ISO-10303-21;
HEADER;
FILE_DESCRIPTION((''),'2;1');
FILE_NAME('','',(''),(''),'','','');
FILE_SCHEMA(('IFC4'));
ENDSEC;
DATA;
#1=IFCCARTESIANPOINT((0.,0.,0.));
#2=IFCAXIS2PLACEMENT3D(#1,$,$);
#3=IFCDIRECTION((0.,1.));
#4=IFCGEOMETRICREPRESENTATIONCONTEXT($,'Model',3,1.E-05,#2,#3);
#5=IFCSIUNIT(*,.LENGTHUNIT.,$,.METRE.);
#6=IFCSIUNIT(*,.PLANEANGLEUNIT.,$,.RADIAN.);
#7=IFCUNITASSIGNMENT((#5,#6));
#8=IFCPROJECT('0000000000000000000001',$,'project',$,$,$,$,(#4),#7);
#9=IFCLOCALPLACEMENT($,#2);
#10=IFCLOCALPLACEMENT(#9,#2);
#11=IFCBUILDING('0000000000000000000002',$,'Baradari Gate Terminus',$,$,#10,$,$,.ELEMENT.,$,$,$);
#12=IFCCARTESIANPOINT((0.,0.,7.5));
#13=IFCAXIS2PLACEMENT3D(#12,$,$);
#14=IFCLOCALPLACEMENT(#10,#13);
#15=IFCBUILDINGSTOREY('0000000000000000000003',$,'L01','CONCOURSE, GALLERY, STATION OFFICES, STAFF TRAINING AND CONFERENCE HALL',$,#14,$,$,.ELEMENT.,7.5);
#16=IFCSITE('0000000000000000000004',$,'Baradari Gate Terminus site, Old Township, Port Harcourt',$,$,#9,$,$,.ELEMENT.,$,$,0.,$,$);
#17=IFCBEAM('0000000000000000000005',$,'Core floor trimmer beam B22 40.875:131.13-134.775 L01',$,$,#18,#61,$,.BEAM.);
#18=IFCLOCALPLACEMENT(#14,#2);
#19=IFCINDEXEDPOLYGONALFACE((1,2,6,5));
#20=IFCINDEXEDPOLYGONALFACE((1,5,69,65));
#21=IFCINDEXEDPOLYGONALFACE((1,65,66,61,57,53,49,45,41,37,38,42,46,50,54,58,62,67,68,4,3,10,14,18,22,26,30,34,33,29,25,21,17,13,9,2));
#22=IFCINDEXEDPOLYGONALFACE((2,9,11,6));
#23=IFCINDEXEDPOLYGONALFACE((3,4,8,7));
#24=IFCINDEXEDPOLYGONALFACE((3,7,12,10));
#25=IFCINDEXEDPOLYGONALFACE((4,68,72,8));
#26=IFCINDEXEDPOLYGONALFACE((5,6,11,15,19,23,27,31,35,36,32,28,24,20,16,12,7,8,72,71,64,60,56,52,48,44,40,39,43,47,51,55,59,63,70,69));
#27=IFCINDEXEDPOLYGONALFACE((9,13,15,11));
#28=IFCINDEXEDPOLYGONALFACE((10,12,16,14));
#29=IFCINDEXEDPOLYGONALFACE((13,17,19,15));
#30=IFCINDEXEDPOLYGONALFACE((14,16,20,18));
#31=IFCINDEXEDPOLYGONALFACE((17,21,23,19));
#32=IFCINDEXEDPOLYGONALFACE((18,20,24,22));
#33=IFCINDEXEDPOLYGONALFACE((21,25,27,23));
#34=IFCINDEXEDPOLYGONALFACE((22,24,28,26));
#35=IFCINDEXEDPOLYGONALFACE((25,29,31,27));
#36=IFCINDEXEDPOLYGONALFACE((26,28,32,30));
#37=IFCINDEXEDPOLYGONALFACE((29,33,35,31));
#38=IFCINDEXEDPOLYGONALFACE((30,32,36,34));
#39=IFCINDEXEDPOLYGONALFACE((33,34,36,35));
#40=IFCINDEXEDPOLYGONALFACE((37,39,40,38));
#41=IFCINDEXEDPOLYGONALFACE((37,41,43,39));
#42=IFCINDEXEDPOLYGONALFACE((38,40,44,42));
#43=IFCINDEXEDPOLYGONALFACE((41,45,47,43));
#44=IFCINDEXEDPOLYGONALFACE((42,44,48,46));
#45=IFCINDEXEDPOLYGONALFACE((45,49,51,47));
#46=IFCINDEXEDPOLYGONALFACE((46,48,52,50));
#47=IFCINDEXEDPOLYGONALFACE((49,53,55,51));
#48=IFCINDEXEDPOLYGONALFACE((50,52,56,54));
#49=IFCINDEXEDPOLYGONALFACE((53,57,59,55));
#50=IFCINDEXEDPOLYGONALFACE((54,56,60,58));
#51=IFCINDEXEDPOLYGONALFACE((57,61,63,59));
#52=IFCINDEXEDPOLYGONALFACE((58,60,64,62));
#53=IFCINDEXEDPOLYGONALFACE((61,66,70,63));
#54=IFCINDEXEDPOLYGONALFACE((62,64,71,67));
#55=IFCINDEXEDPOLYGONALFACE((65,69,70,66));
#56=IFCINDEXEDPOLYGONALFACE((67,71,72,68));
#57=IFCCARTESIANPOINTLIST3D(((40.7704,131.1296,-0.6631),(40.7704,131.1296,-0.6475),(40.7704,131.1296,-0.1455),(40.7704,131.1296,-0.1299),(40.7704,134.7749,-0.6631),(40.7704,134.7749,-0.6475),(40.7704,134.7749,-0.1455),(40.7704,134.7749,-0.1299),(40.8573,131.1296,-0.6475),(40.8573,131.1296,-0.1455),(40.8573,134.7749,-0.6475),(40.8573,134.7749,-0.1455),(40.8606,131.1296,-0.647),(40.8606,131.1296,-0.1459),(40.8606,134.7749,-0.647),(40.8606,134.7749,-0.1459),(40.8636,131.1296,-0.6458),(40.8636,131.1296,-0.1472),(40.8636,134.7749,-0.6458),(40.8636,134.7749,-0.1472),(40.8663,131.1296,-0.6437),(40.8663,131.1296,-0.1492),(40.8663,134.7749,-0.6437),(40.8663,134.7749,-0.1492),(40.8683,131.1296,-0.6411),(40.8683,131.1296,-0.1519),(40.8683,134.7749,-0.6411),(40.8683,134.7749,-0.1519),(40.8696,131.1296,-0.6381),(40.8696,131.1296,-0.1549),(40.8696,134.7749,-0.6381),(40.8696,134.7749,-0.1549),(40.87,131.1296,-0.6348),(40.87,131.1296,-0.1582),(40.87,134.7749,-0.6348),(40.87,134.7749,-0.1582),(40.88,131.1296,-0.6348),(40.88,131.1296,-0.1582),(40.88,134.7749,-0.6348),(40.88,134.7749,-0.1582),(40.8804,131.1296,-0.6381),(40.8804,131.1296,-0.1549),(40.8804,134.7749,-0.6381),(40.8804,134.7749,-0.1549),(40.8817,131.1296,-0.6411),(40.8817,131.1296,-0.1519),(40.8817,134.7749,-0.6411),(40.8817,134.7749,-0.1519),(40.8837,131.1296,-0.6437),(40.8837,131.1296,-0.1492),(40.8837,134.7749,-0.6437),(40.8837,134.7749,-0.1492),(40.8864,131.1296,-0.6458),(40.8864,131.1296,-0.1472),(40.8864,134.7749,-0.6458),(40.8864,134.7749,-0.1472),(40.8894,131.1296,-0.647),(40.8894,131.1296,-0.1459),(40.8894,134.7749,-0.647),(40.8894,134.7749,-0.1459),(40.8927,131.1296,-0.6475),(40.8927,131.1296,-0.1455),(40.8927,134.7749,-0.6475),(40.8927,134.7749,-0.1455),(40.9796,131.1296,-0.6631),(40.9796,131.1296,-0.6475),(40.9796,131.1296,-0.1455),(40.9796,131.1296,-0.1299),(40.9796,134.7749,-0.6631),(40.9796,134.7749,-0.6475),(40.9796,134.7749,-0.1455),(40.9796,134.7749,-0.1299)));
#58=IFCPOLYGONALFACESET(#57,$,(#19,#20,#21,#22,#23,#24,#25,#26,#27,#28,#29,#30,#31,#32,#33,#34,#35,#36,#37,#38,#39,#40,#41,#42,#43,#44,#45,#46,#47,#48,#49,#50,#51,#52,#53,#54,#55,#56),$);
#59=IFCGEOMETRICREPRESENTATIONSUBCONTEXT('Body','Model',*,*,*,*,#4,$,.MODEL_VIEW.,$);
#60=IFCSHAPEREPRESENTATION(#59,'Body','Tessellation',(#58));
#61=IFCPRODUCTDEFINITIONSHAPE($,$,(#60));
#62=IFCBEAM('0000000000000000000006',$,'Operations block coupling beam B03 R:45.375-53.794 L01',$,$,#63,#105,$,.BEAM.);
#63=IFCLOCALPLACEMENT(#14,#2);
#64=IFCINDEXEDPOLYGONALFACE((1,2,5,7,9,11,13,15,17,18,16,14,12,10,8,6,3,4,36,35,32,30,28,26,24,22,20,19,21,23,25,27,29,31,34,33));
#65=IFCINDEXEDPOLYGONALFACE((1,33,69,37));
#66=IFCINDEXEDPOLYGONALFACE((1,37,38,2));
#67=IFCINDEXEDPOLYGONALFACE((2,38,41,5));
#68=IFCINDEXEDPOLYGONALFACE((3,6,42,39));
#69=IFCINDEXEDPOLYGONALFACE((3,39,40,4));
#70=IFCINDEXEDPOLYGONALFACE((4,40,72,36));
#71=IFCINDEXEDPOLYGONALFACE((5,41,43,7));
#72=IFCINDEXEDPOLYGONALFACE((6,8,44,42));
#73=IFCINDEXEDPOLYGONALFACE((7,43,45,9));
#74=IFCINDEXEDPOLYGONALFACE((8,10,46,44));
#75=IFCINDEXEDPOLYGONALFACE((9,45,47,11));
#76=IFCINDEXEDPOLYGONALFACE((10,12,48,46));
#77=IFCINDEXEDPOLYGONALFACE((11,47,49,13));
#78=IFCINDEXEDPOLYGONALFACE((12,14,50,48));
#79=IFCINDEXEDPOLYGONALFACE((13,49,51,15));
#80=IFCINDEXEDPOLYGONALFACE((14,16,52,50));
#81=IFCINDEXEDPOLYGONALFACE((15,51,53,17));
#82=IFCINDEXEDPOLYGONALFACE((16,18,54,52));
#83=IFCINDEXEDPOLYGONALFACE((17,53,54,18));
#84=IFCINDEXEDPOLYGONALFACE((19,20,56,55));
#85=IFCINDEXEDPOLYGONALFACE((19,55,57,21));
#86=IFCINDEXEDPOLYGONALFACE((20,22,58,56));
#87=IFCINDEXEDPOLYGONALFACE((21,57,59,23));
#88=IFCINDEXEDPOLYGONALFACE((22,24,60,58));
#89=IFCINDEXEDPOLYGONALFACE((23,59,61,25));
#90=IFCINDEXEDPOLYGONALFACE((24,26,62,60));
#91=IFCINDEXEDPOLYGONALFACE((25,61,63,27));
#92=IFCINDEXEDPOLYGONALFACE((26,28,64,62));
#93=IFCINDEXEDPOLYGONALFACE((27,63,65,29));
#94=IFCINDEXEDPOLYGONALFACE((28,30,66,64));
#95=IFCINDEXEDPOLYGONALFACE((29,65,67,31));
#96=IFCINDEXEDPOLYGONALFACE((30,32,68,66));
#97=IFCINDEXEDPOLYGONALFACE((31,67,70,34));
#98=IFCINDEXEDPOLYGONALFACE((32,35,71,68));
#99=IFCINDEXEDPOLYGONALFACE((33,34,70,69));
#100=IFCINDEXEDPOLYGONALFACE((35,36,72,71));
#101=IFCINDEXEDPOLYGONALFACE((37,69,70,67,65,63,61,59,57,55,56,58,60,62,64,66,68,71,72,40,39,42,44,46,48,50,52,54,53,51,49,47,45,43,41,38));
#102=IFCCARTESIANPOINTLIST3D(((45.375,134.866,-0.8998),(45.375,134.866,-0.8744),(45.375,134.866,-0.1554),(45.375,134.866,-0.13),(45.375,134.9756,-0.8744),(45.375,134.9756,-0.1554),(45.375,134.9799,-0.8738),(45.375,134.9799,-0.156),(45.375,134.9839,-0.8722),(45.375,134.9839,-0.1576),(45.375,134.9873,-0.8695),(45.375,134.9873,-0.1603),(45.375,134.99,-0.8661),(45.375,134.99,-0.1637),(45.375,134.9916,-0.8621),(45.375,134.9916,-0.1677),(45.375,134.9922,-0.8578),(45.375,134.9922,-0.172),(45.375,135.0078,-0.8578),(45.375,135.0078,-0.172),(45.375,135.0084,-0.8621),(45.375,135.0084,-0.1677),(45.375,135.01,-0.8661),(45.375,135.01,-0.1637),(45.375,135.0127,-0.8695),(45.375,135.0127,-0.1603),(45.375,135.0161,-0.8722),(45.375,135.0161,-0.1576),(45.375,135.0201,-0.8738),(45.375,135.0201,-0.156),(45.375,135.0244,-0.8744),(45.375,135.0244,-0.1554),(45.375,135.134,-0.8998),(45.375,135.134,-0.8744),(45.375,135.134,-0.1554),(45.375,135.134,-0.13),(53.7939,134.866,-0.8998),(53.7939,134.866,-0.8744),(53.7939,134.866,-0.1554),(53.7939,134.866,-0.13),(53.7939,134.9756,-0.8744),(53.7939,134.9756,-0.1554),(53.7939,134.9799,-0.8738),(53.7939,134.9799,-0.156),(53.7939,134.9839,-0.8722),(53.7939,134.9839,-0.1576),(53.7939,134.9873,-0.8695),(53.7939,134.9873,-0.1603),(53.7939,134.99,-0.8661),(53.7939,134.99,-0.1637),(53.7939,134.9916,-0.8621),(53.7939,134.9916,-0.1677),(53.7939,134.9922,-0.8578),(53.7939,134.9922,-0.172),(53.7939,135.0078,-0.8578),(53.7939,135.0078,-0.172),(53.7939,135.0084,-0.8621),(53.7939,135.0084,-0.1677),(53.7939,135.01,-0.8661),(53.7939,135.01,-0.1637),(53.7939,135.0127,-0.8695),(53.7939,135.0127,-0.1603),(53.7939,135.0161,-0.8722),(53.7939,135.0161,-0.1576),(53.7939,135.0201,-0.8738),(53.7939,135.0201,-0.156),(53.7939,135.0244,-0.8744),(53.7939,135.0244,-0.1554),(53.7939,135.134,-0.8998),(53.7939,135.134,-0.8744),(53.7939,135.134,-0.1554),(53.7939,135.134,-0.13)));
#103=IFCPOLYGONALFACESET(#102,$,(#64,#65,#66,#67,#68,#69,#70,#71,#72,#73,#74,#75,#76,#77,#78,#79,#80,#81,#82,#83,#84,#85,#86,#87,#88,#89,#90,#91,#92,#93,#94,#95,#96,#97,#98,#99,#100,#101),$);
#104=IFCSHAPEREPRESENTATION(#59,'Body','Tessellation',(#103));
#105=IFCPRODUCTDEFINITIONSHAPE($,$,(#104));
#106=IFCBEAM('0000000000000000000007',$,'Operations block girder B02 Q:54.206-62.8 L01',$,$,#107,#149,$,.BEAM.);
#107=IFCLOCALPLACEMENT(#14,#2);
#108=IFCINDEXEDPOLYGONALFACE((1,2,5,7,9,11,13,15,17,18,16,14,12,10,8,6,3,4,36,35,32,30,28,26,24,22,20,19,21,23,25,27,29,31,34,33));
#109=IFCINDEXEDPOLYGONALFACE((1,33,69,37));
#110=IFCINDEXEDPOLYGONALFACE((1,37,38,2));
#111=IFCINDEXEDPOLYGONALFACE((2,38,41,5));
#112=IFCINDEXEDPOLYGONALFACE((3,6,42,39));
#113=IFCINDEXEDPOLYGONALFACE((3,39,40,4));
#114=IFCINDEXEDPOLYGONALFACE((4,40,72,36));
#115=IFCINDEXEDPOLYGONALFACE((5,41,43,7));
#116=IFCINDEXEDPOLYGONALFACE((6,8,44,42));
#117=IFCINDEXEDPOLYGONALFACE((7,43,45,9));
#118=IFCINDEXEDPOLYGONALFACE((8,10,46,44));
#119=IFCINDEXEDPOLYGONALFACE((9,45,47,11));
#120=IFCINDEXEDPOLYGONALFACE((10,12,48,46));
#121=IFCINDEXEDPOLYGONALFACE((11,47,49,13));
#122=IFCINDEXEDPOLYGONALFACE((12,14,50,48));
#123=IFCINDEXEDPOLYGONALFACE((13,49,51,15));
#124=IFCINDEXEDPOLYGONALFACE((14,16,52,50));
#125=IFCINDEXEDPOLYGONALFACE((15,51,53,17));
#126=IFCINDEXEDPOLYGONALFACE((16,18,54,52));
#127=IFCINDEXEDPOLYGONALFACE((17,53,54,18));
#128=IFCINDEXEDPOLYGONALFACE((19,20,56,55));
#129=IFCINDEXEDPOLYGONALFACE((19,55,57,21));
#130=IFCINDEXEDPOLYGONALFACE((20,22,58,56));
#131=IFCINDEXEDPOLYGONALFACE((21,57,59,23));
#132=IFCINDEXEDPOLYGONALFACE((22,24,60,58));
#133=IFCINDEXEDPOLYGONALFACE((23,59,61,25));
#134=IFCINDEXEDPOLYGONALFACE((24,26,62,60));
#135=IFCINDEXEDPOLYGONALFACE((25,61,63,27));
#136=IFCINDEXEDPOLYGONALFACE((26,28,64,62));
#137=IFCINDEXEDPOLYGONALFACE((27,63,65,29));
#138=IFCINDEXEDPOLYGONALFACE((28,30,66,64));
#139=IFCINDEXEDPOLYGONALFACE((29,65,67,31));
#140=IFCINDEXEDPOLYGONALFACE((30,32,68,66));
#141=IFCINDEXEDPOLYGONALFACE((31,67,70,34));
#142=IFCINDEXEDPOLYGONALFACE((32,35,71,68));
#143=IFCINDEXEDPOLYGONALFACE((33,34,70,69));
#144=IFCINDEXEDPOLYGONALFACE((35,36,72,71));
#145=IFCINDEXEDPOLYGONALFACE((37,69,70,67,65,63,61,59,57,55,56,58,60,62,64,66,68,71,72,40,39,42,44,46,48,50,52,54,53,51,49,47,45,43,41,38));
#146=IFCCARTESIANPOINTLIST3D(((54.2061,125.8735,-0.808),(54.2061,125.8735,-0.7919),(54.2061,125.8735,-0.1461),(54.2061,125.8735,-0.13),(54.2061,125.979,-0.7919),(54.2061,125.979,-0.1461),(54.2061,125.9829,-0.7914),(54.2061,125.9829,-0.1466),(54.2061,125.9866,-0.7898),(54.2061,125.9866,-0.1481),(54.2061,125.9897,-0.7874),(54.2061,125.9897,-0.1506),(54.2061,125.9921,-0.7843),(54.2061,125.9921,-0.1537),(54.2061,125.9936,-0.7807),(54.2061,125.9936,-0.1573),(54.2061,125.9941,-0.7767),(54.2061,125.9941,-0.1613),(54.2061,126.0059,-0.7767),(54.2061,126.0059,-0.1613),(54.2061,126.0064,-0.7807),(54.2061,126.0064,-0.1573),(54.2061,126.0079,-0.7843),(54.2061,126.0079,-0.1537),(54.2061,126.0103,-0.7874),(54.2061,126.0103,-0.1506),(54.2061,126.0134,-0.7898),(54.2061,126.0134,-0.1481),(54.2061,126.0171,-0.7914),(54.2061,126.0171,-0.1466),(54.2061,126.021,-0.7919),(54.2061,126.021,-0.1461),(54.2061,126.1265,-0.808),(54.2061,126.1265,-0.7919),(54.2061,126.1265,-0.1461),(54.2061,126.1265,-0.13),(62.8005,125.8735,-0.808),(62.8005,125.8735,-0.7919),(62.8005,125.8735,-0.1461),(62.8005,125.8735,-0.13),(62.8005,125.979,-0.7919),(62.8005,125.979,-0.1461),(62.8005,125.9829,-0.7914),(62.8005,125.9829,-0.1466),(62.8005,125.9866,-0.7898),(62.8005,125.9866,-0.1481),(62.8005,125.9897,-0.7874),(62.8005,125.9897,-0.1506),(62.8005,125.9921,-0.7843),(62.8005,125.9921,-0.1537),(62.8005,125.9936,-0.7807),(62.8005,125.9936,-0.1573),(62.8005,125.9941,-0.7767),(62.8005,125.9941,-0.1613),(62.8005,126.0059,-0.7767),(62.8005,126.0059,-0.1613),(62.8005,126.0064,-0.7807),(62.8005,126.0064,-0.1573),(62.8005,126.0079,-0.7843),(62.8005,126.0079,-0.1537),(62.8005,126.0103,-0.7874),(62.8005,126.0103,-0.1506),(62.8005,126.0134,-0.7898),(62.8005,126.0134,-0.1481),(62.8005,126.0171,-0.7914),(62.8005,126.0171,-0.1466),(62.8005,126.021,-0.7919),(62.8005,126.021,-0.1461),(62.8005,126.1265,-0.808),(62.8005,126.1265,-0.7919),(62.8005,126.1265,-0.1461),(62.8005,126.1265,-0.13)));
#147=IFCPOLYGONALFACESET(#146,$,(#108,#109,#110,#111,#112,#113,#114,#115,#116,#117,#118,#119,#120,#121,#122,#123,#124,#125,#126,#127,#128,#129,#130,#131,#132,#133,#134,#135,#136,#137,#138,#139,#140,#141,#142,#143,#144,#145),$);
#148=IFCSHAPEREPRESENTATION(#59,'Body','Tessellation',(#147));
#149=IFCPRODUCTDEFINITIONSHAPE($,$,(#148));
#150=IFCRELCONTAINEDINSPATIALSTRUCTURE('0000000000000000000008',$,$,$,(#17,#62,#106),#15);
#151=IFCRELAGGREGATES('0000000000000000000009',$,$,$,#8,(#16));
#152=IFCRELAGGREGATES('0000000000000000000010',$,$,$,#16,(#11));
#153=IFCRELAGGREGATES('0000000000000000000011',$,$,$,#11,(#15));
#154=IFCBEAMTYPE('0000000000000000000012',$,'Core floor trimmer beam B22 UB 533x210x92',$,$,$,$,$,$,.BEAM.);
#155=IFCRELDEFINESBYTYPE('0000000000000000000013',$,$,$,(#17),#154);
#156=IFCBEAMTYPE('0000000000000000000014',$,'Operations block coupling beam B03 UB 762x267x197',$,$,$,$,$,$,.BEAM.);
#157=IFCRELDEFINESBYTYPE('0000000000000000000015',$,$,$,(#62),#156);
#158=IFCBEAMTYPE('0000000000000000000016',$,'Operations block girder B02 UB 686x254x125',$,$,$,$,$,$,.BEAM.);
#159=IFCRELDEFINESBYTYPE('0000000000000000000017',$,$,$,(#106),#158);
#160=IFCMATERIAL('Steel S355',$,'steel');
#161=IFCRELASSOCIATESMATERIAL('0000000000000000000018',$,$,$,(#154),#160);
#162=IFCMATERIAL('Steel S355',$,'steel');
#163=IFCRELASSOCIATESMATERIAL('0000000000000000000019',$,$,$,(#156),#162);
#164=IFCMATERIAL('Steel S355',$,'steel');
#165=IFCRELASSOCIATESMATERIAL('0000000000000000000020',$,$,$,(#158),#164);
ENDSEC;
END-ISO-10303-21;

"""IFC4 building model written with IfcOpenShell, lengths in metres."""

from ifc_helpers import new_model, si_unit, direction, frame, origin, origin_2d, place, context, subcontext, project, spatial, i_section, extrude, material, material_profile, profile_set, type_object, element, save


model = new_model("IFC4")

# Units and contexts
model_context = context("Model", 3, precision=1e-05, world=origin(), true_north=direction((0.0, 1.0)))
body_context = subcontext(model_context, "Body", "Model", "MODEL_VIEW")
ifc_project = project(units=[si_unit("LENGTHUNIT", "METRE"), si_unit("PLANEANGLEUNIT", "RADIAN")], contexts=[model_context])

# Site, building, storey
site_placement = place(None, origin())
site = spatial("IfcSite", under=ifc_project, at=site_placement, Name="Baradari Gate Terminus site, Old Township, Port Harcourt", CompositionType="ELEMENT", RefElevation=0.0)
building_placement = place(site_placement, origin())
building = spatial("IfcBuilding", under=site, at=building_placement, Name="Baradari Gate Terminus", CompositionType="ELEMENT")
storey_placement = place(building_placement, frame((0.0, 0.0, 7.5)))
storey = spatial("IfcBuildingStorey", under=building, at=storey_placement, Name="L01", Description="CONCOURSE, GALLERY, STATION OFFICES, STAFF TRAINING AND CONFERENCE HALL", CompositionType="ELEMENT", Elevation=7.5)

# Beams
ifc_material_1 = material(Name="Steel S355", Category="steel")
ifc_material_profile_1 = material_profile(ifc_material_1, i_section(OverallWidth=0.2092, OverallDepth=0.5332, WebThickness=0.01, FlangeThickness=0.0156, FilletRadius=0.0127, at=origin_2d()), Name="UB 533x210x92")
ifc_profile_set_1 = profile_set([ifc_material_profile_1], Name="Steel S355")
beam_type_1 = type_object("IfcBeamType", Name="Core floor trimmer beam B22 UB 533x210x92", PredefinedType="BEAM", material=ifc_profile_set_1)
beam_1_placement = place(storey_placement, frame((40.875, 131.1296, -0.3965), z_axis=(0.0, 1.0, 0.0), x_axis=(-1.0, 0.0, 0.0)))
element("IfcBeam", 1, at=beam_1_placement, inside=storey, type_object=beam_type_1, Name="Core floor trimmer beam B22 40.875:131.13-134.775 L01", PredefinedType="BEAM", context=body_context, shape_type="SweptSolid", body=[
    extrude(i_section(OverallWidth=0.2092, OverallDepth=0.5332, WebThickness=0.01, FlangeThickness=0.0156, FilletRadius=0.0127, at=origin_2d()), origin(), (0.0, 0.0, 1.0), 3.6453),
])
ifc_material_2 = material(Name="Steel S355", Category="steel")
ifc_material_profile_2 = material_profile(ifc_material_2, i_section(OverallWidth=0.2681, OverallDepth=0.7698, WebThickness=0.0156, FlangeThickness=0.0254, FilletRadius=0.0166, at=origin_2d()), Name="UB 762x267x197")
ifc_profile_set_2 = profile_set([ifc_material_profile_2], Name="Steel S355")
beam_type_2 = type_object("IfcBeamType", Name="Operations block coupling beam B03 UB 762x267x197", PredefinedType="BEAM", material=ifc_profile_set_2)
beam_2_placement = place(storey_placement, frame((45.375, 135.0, -0.5149), z_axis=(1.0, 0.0, 0.0), x_axis=(0.0, 1.0, 0.0)))
element("IfcBeam", 2, at=beam_2_placement, inside=storey, type_object=beam_type_2, Name="Operations block coupling beam B03 R:45.375-53.794 L01", PredefinedType="BEAM", context=body_context, shape_type="SweptSolid", body=[
    extrude(i_section(OverallWidth=0.2681, OverallDepth=0.7698, WebThickness=0.0156, FlangeThickness=0.0254, FilletRadius=0.0166, at=origin_2d()), origin(), (0.0, 0.0, 1.0), 8.4189),
])
ifc_material_3 = material(Name="Steel S355", Category="steel")
ifc_material_profile_3 = material_profile(ifc_material_3, i_section(OverallWidth=0.2529, OverallDepth=0.678, WebThickness=0.0117, FlangeThickness=0.0161, FilletRadius=0.0151, at=origin_2d()), Name="UB 686x254x125")
ifc_profile_set_3 = profile_set([ifc_material_profile_3], Name="Steel S355")
beam_type_3 = type_object("IfcBeamType", Name="Operations block girder B02 UB 686x254x125", PredefinedType="BEAM", material=ifc_profile_set_3)
beam_3_placement = place(storey_placement, frame((54.2061, 126.0, -0.469), z_axis=(1.0, 0.0, 0.0), x_axis=(0.0, 1.0, 0.0)))
element("IfcBeam", 3, at=beam_3_placement, inside=storey, type_object=beam_type_3, Name="Operations block girder B02 Q:54.206-62.8 L01", PredefinedType="BEAM", context=body_context, shape_type="SweptSolid", body=[
    extrude(i_section(OverallWidth=0.2529, OverallDepth=0.678, WebThickness=0.0117, FlangeThickness=0.0161, FilletRadius=0.0151, at=origin_2d()), origin(), (0.0, 0.0, 1.0), 8.5945),
])

save(model, "model.ifc")
